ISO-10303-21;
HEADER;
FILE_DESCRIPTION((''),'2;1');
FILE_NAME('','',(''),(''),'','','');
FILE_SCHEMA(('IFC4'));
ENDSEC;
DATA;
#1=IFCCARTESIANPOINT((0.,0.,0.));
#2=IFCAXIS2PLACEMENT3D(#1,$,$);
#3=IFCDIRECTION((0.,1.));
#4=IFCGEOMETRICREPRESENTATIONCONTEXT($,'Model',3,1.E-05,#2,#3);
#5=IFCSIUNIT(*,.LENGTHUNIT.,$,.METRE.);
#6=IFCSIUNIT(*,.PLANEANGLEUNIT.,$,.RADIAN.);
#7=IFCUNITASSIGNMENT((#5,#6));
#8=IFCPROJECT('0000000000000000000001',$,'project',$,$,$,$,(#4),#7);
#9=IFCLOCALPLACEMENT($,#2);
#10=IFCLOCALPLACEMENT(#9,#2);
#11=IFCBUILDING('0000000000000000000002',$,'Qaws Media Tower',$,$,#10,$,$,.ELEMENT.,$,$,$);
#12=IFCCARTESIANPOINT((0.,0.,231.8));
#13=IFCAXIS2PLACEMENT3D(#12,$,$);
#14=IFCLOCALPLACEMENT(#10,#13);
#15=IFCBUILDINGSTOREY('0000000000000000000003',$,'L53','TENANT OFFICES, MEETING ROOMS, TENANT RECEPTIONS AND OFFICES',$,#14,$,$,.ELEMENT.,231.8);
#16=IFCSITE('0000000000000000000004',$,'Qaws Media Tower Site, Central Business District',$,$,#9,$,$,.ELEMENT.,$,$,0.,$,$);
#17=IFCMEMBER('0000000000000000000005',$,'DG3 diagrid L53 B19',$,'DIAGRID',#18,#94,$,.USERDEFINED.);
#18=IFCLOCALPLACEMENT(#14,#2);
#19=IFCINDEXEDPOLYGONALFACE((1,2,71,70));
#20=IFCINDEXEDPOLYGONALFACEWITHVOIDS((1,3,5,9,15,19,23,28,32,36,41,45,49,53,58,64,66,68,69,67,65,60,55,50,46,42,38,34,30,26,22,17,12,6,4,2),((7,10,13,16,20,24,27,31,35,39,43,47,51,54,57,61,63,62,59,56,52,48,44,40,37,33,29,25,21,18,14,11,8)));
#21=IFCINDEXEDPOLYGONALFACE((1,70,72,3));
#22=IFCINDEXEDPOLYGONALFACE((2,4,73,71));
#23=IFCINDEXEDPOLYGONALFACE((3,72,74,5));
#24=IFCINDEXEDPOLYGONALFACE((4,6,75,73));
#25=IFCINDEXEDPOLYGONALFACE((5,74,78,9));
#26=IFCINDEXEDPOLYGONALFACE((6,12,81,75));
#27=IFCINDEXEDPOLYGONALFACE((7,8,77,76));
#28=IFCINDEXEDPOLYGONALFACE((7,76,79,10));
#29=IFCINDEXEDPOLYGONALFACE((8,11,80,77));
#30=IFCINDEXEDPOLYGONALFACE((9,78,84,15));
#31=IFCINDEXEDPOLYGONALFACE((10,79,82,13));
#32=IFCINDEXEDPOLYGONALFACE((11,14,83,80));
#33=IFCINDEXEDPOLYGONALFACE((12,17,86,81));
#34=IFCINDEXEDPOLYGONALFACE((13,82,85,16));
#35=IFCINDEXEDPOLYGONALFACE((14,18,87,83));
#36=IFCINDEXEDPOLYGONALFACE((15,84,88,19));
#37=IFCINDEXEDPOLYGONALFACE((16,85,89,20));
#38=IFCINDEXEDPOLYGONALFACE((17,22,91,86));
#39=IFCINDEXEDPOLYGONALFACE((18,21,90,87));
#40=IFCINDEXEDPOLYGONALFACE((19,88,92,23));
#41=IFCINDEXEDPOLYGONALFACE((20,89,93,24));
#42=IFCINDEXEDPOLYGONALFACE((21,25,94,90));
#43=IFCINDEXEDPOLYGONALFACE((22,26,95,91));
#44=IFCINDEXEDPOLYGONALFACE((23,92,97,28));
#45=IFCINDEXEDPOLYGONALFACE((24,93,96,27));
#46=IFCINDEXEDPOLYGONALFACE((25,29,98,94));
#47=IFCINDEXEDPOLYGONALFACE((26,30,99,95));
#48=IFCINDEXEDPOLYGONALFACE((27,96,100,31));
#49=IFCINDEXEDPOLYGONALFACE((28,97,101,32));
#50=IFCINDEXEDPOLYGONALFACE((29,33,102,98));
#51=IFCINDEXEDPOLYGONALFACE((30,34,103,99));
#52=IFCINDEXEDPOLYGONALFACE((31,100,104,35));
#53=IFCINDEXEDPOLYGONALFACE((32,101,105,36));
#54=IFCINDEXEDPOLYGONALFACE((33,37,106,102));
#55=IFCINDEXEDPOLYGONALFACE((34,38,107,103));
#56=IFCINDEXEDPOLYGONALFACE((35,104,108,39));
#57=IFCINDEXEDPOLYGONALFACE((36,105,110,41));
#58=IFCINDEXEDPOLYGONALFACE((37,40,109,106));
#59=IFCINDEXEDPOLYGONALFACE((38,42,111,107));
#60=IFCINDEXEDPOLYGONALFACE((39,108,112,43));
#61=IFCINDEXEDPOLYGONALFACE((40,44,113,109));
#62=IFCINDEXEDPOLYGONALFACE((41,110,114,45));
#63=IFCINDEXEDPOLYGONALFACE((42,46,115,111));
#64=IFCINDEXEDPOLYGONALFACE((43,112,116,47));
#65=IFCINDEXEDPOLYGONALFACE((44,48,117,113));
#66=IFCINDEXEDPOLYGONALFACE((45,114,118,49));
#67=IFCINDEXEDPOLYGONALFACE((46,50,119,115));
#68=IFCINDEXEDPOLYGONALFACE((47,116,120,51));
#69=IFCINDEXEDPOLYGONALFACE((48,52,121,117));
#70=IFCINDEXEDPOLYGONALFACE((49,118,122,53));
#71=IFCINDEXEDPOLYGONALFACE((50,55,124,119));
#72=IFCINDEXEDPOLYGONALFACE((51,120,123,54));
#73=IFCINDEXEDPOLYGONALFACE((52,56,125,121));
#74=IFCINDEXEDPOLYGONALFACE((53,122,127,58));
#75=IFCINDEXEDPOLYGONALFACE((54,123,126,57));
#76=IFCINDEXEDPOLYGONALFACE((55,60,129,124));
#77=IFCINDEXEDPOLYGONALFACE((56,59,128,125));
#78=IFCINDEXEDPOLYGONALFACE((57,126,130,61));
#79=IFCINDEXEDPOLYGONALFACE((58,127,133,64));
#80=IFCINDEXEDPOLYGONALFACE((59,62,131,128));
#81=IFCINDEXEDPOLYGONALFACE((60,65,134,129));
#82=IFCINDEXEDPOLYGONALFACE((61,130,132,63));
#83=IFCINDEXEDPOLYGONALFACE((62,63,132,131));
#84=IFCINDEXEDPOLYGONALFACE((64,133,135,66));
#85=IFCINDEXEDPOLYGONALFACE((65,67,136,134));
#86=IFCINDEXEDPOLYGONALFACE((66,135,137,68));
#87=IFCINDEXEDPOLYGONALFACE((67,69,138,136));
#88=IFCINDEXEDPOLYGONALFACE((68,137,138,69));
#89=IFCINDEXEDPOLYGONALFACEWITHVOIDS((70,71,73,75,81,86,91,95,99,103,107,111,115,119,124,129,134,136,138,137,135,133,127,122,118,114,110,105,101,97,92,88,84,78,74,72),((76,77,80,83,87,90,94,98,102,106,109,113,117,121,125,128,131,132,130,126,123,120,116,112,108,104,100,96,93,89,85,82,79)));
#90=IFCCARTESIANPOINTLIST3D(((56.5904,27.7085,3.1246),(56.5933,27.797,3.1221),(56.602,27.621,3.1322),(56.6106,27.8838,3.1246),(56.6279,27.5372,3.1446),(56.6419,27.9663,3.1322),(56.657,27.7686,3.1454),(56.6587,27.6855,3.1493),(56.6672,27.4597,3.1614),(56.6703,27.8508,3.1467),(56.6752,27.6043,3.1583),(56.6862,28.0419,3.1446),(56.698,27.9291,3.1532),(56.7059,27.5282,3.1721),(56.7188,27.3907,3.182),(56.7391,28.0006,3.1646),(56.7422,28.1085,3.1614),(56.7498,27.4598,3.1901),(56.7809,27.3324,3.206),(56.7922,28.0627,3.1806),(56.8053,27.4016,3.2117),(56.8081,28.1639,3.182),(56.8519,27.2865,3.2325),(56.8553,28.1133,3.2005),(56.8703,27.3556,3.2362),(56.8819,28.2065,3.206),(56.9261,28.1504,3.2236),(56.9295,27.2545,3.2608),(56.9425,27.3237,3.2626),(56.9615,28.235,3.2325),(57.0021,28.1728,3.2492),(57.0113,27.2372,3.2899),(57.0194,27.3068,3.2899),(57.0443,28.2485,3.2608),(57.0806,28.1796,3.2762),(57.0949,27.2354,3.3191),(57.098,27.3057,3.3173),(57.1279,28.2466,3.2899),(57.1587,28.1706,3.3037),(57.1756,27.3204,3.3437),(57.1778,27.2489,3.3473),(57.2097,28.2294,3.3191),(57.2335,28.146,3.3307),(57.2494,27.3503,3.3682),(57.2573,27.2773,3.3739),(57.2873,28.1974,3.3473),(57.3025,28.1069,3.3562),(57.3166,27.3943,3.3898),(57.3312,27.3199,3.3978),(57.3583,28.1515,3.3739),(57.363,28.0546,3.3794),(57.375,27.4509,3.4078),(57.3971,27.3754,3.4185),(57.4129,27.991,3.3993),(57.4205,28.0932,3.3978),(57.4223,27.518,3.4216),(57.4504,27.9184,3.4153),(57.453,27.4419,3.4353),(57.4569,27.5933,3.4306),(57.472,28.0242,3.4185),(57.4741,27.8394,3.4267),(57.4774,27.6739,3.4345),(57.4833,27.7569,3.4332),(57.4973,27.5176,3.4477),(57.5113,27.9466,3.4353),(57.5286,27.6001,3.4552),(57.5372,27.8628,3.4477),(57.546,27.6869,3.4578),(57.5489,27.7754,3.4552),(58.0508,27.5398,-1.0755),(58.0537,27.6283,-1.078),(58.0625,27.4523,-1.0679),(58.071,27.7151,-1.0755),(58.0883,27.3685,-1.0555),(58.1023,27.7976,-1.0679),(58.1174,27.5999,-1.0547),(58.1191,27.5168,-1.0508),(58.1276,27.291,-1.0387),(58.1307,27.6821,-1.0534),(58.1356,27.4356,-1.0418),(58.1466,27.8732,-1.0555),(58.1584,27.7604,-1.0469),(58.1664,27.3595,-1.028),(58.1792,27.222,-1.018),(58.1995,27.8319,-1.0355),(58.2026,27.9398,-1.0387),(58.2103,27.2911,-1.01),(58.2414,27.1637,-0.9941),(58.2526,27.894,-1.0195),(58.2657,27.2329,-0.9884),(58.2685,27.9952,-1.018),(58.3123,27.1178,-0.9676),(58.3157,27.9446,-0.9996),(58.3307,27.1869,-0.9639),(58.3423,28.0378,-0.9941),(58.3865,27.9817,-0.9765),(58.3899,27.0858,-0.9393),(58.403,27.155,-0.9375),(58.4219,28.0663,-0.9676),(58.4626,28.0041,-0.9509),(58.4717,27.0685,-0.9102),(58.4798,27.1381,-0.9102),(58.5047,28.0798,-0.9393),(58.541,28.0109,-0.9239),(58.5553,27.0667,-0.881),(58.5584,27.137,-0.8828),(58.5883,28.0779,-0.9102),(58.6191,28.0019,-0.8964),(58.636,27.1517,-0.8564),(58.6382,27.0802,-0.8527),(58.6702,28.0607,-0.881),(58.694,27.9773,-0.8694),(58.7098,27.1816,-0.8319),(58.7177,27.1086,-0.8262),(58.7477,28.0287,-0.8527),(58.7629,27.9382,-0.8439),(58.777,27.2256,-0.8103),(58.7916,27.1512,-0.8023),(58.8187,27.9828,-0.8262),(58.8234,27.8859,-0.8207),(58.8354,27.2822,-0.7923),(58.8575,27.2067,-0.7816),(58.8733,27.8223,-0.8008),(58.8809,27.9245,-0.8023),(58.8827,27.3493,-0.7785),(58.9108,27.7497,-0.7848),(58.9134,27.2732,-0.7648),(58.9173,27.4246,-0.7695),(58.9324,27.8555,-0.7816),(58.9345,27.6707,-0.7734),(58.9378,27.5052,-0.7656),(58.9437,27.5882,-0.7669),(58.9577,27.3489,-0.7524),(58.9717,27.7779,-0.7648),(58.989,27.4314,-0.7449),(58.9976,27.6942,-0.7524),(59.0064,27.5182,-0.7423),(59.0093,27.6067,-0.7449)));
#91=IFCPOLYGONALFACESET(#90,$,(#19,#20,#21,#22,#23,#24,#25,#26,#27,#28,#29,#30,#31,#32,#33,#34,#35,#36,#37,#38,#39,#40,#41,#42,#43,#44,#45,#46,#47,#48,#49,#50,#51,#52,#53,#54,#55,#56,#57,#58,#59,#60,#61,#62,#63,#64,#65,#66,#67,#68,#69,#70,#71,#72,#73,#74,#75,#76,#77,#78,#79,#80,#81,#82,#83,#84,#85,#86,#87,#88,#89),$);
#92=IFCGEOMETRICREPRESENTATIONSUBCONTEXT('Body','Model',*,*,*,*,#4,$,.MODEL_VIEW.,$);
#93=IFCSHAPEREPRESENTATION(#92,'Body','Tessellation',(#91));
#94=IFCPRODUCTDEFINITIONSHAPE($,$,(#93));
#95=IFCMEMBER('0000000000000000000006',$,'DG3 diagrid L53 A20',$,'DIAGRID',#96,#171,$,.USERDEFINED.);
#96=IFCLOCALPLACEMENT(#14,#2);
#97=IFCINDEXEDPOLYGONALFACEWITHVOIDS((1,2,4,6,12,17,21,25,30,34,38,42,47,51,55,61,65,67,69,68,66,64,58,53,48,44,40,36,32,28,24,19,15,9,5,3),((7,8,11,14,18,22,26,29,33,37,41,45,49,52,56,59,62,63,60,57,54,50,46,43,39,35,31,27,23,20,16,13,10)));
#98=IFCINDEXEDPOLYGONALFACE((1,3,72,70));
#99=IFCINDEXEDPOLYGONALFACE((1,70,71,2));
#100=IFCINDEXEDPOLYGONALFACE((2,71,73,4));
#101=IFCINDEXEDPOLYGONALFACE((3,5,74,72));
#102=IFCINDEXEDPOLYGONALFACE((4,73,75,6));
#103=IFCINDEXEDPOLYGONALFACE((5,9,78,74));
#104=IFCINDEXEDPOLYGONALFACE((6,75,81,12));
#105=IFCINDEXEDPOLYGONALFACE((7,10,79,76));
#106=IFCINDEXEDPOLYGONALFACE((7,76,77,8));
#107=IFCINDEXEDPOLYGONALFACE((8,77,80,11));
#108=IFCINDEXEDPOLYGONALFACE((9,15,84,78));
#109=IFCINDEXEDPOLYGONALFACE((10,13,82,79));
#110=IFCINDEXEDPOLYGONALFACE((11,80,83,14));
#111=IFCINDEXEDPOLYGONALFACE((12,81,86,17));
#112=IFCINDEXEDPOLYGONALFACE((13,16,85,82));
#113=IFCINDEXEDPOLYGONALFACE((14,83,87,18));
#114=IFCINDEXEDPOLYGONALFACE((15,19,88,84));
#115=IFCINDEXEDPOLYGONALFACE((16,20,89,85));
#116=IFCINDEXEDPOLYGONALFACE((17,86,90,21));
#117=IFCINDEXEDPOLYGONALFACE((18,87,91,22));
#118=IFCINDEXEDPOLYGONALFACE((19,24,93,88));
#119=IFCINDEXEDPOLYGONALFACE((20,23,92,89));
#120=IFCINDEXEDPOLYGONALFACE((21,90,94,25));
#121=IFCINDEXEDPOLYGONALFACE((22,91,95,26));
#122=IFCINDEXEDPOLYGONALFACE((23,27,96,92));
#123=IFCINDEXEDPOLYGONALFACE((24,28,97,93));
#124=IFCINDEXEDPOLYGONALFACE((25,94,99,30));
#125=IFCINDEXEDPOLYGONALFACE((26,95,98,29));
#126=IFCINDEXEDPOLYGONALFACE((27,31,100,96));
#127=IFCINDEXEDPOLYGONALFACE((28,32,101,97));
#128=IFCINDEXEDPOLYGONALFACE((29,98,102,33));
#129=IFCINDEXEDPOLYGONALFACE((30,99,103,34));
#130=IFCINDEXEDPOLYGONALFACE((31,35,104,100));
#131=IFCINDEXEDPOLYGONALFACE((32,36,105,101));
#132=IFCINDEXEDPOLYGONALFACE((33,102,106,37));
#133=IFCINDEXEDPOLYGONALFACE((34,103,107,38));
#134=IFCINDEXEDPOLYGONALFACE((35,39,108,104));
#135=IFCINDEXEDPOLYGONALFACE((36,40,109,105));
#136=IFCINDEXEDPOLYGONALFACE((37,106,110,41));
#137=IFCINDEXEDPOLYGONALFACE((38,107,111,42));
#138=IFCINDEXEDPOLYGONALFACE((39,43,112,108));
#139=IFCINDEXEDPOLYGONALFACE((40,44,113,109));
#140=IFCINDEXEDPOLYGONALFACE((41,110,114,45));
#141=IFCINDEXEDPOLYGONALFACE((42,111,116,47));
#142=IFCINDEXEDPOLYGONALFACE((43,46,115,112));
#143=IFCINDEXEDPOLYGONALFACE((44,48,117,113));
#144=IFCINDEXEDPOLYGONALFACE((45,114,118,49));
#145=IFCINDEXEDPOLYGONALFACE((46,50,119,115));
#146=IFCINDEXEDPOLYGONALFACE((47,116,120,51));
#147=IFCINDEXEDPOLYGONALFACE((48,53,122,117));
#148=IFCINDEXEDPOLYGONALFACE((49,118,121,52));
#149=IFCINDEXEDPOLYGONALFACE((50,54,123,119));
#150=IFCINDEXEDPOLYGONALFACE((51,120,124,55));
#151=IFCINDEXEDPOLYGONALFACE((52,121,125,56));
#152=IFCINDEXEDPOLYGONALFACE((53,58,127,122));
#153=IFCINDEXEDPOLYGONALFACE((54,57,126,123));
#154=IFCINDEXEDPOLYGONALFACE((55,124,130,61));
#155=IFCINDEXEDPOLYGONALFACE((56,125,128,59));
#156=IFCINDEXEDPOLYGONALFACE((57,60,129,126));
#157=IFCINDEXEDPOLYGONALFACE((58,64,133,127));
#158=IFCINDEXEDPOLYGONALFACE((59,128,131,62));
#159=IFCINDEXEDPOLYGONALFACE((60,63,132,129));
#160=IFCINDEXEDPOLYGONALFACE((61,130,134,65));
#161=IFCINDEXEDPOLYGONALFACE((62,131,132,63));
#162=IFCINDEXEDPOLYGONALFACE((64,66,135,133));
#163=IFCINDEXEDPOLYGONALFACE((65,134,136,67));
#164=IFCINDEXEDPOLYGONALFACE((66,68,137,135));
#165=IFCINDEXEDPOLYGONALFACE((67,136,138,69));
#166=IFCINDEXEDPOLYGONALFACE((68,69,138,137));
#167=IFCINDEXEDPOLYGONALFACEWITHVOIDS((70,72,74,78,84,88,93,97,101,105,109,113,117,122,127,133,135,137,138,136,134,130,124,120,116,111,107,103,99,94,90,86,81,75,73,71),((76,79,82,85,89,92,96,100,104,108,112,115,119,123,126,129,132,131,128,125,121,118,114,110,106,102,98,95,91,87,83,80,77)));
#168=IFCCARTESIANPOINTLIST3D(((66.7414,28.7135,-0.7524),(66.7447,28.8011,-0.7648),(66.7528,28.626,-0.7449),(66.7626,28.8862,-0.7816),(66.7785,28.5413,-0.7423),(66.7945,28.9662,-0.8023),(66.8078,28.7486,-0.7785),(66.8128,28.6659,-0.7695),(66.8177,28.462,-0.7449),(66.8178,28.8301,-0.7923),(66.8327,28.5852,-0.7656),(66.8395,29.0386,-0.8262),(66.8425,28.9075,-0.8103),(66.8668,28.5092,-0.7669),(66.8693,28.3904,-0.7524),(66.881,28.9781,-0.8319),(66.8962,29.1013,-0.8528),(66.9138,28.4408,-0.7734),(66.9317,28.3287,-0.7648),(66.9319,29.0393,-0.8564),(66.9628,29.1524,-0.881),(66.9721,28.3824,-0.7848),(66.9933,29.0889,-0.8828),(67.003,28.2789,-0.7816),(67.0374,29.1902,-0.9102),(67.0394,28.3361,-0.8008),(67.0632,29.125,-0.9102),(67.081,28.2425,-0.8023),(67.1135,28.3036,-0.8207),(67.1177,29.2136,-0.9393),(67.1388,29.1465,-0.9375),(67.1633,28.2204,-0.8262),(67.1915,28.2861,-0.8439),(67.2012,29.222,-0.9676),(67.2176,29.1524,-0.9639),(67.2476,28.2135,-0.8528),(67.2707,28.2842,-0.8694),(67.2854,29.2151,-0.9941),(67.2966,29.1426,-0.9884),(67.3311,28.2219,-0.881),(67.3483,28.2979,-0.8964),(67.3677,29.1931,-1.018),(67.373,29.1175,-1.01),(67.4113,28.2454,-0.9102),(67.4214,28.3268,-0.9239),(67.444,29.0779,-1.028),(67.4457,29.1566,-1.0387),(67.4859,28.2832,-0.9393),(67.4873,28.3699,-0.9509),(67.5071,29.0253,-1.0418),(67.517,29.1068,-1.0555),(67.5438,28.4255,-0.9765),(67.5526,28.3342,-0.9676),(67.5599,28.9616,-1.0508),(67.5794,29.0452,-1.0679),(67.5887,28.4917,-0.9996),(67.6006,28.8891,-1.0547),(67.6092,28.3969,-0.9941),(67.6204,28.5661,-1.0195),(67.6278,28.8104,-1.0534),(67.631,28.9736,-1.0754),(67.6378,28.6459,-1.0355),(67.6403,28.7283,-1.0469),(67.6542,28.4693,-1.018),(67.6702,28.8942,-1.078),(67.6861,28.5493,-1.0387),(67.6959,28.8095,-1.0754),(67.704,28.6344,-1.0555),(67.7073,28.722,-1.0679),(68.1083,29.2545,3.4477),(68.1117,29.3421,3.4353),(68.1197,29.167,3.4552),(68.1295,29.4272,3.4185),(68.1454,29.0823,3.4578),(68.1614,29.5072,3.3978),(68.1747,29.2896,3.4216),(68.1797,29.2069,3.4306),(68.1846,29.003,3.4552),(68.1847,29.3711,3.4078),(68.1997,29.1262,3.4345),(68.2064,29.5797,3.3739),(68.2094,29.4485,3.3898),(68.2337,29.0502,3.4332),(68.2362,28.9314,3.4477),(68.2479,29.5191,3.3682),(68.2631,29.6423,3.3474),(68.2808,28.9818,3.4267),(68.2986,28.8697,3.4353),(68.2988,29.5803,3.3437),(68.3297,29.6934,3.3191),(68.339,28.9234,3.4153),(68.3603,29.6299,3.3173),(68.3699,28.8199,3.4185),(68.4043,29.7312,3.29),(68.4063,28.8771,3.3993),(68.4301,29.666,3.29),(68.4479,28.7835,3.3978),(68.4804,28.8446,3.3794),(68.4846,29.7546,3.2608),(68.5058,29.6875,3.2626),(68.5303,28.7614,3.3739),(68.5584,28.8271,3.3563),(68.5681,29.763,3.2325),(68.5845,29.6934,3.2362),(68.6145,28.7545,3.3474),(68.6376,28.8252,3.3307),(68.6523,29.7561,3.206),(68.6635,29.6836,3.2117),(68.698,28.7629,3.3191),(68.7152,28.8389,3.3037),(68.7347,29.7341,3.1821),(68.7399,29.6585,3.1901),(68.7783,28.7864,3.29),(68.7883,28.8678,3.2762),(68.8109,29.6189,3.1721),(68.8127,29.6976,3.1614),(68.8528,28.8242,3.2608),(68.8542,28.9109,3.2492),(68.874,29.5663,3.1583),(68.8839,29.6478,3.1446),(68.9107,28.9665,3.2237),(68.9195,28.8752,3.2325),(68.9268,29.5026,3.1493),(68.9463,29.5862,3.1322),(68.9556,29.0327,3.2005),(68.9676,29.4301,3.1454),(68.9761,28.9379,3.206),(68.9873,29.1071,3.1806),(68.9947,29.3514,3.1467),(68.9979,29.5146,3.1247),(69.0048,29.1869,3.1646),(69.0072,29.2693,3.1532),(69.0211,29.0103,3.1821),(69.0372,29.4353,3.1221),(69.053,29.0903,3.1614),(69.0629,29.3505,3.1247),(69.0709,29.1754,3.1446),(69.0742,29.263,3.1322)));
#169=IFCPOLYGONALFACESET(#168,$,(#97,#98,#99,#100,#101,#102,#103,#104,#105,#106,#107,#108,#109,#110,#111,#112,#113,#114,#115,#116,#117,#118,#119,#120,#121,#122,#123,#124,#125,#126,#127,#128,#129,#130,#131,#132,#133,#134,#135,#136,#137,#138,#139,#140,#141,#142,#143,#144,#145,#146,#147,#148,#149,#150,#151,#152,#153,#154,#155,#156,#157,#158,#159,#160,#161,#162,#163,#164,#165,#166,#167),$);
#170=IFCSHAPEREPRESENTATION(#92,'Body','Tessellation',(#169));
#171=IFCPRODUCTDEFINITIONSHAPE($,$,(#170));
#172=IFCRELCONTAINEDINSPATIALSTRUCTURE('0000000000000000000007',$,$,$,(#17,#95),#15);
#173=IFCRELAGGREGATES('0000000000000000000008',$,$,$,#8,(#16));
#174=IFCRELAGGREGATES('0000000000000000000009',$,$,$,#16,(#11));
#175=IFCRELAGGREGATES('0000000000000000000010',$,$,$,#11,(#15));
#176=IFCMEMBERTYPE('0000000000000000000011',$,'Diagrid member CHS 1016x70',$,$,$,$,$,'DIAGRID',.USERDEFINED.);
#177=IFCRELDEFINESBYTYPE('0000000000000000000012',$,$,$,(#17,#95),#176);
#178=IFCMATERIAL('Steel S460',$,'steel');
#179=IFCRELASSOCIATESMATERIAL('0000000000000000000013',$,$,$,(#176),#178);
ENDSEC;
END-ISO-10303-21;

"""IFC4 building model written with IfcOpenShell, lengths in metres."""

from ifc_helpers import new_model, si_unit, direction, frame, origin, origin_2d, place, context, subcontext, project, spatial, hollow_circle, extrude, material, material_profile, profile_set, type_object, element, save


model = new_model("IFC4")

# Units and contexts
model_context = context("Model", 3, precision=1e-05, world=origin(), true_north=direction((0.0, 1.0)))
body_context = subcontext(model_context, "Body", "Model", "MODEL_VIEW")
ifc_project = project(units=[si_unit("LENGTHUNIT", "METRE"), si_unit("PLANEANGLEUNIT", "RADIAN")], contexts=[model_context])

# Site, building, storey
site_placement = place(None, origin())
site = spatial("IfcSite", under=ifc_project, at=site_placement, Name="Qaws Media Tower Site, Central Business District", CompositionType="ELEMENT", RefElevation=0.0)
building_placement = place(site_placement, origin())
building = spatial("IfcBuilding", under=site, at=building_placement, Name="Qaws Media Tower", CompositionType="ELEMENT")
storey_placement = place(building_placement, frame((0.0, 0.0, 231.8)))
storey = spatial("IfcBuildingStorey", under=building, at=storey_placement, Name="L53", Description="TENANT OFFICES, MEETING ROOMS, TENANT RECEPTIONS AND OFFICES", CompositionType="ELEMENT", Elevation=231.8)

# Members
ifc_material_1 = material(Name="Steel S460", Category="steel")
ifc_material_profile_1 = material_profile(ifc_material_1, hollow_circle(Radius=0.5081, WallThickness=0.0701, at=origin_2d()), Name="CHS 1016x70")
ifc_profile_set_1 = profile_set([ifc_material_profile_1], Name="Steel S460")
member_type_1 = type_object("IfcMemberType", Name="Diagrid member CHS 1016x70", ElementType="DIAGRID", PredefinedType="USERDEFINED", material=ifc_profile_set_1)
for number, where, z_axis, x_axis, name in (
    (1, (58.53, 27.5732, -0.9102), (-0.328187, 0.03791, 0.943852), (-0.11475, -0.993394, 0.0), "DG3 diagrid L53 B19"),
    (2, (67.2244, 28.7178, -0.9102), (0.307175, 0.121575, 0.943855), (-0.36801, 0.929822, 0.0), "DG3 diagrid L53 A20"),
):
    element("IfcMember", number, at=place(storey_placement, frame(where, z_axis=z_axis, x_axis=x_axis)), inside=storey, type_object=member_type_1, Name=name, ObjectType="DIAGRID", PredefinedType="USERDEFINED", context=body_context, shape_type="SweptSolid", body=[
        extrude(hollow_circle(Radius=0.5081, WallThickness=0.0701, at=origin_2d()), origin(), (0.0, 0.0, 1.0), 4.45),
    ])

save(model, "model.ifc")
